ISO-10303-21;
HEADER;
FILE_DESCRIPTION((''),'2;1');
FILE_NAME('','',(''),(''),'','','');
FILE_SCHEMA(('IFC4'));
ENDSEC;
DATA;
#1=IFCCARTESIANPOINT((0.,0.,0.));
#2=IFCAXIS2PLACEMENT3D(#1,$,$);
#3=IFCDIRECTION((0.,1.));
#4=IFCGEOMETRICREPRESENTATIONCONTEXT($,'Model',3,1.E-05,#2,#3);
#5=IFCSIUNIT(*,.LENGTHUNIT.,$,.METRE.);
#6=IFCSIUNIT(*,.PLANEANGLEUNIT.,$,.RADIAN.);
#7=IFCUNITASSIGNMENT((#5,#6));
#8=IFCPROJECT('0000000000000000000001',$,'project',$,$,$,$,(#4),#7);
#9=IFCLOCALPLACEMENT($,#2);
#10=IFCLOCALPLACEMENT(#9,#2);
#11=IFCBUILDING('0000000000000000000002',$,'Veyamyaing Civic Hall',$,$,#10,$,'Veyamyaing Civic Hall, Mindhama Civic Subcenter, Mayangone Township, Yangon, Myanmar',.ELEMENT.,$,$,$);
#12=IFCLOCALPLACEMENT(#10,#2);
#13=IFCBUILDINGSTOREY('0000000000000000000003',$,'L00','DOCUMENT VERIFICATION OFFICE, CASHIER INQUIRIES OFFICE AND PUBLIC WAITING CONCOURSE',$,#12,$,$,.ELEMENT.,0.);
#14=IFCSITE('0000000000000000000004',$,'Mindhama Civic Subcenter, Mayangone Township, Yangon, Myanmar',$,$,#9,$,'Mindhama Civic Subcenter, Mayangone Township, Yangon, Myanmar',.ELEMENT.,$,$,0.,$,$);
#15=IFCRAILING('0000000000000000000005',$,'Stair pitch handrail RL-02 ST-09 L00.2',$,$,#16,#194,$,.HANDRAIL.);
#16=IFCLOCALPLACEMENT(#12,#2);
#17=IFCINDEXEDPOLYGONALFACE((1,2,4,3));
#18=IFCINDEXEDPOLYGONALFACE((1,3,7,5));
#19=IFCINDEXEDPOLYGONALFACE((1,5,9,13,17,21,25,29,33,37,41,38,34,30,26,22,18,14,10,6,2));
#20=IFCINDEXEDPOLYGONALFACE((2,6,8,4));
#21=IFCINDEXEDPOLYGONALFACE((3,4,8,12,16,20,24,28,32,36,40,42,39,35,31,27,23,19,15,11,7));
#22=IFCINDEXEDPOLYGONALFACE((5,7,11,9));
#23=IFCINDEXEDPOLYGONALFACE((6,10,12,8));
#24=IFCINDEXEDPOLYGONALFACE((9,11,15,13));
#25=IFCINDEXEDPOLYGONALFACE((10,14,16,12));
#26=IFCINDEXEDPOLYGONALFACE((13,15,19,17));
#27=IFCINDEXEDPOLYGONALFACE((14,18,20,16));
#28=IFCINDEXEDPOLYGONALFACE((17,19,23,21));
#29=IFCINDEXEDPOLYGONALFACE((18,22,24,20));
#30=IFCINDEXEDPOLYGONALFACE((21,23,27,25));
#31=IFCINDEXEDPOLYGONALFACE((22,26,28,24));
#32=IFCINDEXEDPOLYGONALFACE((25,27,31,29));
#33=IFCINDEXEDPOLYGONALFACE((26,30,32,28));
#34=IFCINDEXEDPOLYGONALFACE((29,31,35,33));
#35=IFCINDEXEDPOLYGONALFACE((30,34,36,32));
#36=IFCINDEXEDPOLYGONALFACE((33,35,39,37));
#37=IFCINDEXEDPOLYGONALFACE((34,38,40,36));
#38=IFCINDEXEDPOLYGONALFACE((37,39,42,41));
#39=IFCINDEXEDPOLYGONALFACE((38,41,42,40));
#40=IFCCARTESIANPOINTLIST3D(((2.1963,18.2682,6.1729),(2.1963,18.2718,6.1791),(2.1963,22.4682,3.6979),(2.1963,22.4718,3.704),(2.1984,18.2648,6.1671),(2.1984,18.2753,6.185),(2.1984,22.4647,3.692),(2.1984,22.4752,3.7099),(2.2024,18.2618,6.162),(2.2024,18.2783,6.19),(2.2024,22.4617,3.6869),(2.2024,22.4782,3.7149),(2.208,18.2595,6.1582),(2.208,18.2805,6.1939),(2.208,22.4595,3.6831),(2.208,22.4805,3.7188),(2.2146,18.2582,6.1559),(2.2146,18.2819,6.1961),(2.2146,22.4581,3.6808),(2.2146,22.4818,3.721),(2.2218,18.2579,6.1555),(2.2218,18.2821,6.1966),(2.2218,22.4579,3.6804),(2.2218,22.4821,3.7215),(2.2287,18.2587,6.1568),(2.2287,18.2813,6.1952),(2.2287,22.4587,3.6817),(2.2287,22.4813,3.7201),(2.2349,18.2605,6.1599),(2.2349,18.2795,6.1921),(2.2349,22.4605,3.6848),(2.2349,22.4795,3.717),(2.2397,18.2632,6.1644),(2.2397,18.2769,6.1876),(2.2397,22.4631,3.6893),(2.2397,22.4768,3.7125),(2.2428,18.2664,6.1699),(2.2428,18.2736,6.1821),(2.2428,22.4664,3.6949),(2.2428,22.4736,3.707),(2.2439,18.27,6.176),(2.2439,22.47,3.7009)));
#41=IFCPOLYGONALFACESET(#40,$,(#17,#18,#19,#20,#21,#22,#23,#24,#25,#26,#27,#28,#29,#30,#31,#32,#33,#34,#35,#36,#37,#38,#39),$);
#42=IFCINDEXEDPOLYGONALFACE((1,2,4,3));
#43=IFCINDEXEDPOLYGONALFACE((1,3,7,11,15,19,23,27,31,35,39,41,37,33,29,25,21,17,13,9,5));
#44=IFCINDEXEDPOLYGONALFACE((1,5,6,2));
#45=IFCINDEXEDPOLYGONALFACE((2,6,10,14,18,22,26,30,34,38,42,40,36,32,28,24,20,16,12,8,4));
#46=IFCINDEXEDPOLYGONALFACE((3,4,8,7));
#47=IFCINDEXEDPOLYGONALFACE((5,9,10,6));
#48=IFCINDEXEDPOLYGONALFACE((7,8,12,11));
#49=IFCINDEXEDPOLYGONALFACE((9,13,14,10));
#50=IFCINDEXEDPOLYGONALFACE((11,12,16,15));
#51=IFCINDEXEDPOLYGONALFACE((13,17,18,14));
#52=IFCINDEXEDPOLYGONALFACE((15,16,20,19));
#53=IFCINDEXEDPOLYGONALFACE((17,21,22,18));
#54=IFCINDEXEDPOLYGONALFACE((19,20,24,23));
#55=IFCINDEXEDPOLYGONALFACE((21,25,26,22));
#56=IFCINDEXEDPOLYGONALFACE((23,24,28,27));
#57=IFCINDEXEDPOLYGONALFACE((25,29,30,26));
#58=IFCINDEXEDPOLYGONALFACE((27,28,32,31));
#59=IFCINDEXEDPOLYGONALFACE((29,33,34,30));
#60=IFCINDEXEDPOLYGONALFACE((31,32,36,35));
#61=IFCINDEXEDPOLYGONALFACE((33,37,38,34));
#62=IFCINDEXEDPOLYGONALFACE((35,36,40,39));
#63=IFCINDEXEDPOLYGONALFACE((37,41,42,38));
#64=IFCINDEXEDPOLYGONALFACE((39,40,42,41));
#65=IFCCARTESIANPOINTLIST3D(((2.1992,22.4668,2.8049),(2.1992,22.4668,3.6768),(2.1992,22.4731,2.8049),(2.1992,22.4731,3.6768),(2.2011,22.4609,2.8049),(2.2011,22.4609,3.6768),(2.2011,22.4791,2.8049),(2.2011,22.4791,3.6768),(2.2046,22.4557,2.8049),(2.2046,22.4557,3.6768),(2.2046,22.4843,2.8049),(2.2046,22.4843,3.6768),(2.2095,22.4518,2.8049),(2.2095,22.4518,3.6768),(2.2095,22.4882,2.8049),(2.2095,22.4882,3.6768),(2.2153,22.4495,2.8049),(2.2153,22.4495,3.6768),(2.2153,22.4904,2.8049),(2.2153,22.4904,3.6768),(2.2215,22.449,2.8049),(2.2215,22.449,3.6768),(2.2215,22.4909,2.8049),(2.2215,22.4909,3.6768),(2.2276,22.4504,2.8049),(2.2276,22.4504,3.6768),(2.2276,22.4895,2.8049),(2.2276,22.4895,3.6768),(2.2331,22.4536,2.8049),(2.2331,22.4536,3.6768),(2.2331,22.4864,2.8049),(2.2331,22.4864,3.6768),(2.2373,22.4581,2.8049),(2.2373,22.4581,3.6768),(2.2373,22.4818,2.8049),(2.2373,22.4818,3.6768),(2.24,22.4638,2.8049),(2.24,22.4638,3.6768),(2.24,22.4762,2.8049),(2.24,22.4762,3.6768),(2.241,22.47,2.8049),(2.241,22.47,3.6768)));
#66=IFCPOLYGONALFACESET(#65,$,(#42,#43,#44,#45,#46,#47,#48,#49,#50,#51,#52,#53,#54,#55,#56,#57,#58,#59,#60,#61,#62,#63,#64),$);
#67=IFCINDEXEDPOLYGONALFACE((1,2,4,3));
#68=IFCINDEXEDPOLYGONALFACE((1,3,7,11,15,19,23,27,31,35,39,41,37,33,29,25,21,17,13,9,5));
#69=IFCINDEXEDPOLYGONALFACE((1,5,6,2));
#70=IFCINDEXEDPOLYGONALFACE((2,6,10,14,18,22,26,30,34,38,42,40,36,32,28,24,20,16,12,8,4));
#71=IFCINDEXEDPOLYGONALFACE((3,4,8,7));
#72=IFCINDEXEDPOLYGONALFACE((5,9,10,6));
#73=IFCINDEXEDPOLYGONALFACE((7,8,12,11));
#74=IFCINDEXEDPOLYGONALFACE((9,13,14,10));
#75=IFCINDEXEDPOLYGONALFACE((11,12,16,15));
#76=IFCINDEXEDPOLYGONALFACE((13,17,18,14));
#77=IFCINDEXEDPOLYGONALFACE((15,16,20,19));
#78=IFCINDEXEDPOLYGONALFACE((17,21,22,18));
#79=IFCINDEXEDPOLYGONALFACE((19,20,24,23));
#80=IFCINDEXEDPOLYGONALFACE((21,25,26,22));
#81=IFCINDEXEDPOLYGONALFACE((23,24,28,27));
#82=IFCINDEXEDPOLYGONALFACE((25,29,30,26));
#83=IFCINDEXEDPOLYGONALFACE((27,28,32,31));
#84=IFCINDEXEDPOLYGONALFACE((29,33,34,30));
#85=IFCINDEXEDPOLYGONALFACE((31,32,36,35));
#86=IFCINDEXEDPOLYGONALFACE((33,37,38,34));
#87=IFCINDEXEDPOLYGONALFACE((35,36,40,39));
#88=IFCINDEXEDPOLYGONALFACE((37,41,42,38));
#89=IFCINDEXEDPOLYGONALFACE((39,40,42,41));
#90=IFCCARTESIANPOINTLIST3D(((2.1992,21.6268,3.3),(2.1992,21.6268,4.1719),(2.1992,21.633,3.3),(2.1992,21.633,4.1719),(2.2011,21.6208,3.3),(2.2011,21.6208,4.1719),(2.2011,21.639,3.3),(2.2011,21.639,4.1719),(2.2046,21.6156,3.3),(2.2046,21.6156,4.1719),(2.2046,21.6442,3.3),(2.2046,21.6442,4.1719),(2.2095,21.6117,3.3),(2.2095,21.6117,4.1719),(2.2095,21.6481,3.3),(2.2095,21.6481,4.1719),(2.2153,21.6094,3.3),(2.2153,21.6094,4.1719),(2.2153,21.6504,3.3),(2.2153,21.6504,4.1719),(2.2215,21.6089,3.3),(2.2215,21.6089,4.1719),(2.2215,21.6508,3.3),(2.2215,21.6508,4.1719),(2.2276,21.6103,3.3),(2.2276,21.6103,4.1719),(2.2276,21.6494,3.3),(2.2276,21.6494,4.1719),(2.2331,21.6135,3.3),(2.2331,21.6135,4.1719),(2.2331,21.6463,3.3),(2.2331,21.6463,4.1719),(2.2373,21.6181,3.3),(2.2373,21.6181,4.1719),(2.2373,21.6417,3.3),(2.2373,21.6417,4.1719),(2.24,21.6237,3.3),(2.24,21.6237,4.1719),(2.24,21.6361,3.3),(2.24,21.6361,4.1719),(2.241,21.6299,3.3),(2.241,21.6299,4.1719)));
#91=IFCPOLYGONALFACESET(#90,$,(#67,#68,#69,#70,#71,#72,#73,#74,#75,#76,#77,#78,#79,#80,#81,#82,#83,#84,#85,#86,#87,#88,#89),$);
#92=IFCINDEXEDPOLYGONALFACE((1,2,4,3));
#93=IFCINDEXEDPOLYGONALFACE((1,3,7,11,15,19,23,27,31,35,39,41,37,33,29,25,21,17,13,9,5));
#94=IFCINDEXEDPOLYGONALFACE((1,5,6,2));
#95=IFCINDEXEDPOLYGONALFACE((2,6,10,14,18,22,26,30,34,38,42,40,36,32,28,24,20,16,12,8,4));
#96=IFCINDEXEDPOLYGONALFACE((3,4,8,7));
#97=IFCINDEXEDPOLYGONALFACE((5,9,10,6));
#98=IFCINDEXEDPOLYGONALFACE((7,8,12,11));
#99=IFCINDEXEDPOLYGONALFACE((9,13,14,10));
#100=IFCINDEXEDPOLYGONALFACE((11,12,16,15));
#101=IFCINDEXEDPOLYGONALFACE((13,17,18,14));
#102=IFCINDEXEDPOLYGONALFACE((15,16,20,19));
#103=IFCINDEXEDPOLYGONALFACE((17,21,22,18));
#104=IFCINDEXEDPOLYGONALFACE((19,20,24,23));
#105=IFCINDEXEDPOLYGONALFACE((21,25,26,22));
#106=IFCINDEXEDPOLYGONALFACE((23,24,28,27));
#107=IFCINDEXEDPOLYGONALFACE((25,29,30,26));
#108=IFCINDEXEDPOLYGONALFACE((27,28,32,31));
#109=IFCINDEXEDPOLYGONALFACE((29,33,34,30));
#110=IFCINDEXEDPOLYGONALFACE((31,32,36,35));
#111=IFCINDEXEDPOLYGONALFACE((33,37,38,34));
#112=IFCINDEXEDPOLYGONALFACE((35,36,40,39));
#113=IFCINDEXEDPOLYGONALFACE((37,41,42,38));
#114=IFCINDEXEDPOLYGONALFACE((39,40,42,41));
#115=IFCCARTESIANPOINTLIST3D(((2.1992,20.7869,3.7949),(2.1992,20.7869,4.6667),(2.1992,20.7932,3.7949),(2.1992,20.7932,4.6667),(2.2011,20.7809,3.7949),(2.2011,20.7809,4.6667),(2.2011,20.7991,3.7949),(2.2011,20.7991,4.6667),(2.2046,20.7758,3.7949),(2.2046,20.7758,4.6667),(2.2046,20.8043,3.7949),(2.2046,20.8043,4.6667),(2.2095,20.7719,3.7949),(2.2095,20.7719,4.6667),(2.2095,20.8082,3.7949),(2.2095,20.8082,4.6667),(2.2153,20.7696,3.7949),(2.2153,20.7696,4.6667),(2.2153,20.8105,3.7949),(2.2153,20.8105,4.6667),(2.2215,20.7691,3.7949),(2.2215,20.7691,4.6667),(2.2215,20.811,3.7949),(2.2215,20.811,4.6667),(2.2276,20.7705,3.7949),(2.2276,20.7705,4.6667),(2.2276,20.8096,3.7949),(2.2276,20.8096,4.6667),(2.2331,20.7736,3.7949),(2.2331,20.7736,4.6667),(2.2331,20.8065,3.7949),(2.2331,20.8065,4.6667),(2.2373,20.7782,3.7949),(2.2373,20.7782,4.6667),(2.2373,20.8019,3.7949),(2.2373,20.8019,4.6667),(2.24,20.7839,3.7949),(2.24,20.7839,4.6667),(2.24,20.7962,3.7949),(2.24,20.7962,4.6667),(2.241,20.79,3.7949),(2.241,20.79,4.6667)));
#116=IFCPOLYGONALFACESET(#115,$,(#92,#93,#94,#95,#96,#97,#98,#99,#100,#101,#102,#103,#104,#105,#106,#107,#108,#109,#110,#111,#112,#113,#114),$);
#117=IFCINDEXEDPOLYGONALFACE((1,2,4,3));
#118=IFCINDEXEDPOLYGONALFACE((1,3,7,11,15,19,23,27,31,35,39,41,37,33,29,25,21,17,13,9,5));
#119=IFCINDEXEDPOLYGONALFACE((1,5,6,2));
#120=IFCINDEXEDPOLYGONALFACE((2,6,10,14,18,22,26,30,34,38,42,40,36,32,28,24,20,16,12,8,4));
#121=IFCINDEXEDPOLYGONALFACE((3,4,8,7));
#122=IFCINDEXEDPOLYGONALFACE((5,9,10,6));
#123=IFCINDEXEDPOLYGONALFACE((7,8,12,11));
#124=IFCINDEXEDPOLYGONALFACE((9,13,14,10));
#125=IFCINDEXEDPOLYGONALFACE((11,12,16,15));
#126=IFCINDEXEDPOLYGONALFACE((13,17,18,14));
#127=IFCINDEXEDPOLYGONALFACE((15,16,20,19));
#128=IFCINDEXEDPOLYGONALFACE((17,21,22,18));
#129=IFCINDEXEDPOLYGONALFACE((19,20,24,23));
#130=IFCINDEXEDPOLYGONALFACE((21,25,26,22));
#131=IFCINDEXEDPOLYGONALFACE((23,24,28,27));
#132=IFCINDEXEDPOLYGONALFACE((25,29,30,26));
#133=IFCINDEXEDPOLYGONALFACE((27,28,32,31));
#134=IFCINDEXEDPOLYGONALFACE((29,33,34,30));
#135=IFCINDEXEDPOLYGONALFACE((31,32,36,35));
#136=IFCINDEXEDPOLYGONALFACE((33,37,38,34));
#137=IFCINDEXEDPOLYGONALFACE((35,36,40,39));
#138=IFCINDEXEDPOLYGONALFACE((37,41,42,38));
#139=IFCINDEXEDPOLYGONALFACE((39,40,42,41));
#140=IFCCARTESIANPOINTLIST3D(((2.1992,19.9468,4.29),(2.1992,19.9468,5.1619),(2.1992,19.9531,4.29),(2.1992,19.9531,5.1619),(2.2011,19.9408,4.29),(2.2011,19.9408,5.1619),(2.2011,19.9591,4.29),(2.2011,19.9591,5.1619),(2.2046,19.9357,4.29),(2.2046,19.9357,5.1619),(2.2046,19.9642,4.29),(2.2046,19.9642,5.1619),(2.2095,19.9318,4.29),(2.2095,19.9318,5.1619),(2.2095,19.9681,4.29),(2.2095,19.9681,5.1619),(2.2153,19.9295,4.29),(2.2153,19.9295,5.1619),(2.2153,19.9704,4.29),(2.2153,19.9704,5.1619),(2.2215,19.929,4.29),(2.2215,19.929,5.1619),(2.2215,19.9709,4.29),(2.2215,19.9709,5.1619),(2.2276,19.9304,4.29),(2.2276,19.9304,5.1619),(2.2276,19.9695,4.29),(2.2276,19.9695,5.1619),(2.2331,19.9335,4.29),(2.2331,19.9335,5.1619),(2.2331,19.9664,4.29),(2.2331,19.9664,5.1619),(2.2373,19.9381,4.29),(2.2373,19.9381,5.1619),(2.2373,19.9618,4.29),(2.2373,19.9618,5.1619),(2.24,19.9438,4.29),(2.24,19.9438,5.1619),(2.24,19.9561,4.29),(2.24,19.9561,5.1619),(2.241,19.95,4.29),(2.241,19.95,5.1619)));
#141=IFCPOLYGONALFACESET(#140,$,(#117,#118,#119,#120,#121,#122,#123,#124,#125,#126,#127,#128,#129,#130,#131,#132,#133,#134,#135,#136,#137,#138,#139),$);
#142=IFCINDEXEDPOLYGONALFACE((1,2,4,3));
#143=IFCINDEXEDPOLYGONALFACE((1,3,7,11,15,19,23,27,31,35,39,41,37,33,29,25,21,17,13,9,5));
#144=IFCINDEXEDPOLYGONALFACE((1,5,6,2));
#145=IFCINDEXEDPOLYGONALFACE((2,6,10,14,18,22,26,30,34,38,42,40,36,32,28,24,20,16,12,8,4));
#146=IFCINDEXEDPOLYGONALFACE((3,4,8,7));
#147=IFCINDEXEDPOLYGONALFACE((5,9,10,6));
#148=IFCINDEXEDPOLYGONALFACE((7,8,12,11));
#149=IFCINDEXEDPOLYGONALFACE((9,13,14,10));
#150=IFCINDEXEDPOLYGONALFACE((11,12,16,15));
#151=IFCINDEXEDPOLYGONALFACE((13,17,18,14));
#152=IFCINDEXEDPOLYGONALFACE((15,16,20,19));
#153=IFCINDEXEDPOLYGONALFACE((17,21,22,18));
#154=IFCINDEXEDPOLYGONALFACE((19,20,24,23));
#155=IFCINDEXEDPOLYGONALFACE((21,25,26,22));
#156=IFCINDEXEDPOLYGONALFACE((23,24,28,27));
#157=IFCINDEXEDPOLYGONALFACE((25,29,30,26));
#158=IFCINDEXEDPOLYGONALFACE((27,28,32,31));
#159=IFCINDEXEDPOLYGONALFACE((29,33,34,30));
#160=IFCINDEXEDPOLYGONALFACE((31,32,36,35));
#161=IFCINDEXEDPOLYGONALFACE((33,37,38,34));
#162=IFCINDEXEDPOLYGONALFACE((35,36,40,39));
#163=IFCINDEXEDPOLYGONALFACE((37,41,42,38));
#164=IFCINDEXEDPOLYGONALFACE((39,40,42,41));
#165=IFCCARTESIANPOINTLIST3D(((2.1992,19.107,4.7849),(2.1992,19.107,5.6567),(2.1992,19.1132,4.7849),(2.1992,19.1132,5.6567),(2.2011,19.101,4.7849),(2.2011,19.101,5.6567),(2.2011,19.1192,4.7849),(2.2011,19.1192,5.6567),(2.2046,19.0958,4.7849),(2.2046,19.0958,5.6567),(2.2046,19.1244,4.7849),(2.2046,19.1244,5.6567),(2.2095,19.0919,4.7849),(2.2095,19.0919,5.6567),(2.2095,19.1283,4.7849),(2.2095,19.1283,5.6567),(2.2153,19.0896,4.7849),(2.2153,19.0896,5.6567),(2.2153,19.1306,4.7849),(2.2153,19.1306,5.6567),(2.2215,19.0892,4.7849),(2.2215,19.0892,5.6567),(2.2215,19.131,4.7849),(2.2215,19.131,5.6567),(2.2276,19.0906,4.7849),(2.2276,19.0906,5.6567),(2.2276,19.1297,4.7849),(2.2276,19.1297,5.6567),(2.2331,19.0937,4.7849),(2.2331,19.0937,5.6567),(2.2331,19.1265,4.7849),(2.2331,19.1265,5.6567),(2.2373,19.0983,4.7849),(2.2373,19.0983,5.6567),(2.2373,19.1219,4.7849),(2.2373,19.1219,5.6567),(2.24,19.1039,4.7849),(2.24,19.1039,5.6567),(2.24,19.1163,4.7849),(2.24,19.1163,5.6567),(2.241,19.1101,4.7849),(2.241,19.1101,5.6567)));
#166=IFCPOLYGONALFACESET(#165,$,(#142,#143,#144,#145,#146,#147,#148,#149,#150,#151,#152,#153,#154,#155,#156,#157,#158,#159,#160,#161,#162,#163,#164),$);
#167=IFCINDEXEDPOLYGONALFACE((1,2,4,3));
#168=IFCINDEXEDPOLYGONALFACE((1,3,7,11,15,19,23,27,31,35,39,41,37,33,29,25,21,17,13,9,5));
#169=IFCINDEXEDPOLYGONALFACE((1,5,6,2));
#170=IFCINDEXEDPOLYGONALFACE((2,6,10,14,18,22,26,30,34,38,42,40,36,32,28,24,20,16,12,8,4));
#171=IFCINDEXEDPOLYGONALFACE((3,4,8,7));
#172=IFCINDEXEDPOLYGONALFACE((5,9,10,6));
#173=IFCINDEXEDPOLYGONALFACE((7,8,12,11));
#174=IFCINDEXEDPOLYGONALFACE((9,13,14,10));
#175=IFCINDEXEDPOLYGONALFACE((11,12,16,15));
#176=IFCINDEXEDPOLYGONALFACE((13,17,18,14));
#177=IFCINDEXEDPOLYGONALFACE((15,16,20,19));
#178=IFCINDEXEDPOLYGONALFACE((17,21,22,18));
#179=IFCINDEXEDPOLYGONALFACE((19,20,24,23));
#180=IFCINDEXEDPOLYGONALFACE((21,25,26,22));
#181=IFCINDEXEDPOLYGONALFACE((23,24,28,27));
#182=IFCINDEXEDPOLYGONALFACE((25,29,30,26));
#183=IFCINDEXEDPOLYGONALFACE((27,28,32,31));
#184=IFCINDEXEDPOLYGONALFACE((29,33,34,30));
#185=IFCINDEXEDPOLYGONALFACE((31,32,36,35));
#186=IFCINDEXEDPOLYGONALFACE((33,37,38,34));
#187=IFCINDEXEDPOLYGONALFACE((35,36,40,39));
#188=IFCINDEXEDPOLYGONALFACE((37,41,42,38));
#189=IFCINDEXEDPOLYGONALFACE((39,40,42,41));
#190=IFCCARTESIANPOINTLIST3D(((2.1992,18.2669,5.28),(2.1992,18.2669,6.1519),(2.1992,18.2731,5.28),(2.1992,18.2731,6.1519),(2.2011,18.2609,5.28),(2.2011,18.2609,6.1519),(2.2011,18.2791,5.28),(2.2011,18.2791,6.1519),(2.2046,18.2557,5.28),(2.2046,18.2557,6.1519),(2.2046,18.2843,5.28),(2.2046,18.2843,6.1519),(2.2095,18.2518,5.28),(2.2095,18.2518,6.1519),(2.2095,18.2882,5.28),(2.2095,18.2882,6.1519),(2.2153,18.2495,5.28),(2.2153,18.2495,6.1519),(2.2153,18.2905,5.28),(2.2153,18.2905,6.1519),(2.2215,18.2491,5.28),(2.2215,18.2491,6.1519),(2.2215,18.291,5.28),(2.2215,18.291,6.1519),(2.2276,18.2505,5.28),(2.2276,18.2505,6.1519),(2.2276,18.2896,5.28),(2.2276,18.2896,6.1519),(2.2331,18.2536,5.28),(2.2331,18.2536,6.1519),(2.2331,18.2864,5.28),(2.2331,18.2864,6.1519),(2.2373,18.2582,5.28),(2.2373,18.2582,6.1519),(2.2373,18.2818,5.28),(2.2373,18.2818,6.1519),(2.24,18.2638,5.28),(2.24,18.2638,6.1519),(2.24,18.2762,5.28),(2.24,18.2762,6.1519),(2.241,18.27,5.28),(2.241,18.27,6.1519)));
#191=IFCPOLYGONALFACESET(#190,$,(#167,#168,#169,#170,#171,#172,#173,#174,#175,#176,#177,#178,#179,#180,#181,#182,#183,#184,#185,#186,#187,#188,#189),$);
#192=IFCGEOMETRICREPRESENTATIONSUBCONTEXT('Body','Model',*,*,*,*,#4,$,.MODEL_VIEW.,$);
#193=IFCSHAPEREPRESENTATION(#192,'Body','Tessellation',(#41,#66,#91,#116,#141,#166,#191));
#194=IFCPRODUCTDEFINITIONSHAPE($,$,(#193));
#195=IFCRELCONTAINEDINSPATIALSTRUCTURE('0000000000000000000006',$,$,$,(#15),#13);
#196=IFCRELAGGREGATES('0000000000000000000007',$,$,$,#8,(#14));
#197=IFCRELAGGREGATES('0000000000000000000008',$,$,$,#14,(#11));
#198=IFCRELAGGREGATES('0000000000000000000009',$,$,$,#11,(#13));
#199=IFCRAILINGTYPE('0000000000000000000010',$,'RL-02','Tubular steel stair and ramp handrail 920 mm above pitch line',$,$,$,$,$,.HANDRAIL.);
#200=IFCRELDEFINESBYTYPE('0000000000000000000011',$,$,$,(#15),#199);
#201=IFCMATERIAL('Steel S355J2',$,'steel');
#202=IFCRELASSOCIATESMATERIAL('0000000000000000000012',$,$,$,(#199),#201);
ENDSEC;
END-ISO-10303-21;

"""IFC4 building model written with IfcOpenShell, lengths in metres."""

from ifc_helpers import new_model, si_unit, direction, frame, origin, origin_2d, place, context, subcontext, project, spatial, circle, extrude, material, type_object, element, save


model = new_model("IFC4")

# Units and contexts
model_context = context("Model", 3, precision=1e-05, world=origin(), true_north=direction((0.0, 1.0)))
body_context = subcontext(model_context, "Body", "Model", "MODEL_VIEW")
ifc_project = project(units=[si_unit("LENGTHUNIT", "METRE"), si_unit("PLANEANGLEUNIT", "RADIAN")], contexts=[model_context])

# Site, building, storey
site_placement = place(None, origin())
site = spatial("IfcSite", under=ifc_project, at=site_placement, Name="Mindhama Civic Subcenter, Mayangone Township, Yangon, Myanmar", LongName="Mindhama Civic Subcenter, Mayangone Township, Yangon, Myanmar", CompositionType="ELEMENT", RefElevation=0.0)
building_placement = place(site_placement, origin())
building = spatial("IfcBuilding", under=site, at=building_placement, Name="Veyamyaing Civic Hall", LongName="Veyamyaing Civic Hall, Mindhama Civic Subcenter, Mayangone Township, Yangon, Myanmar", CompositionType="ELEMENT")
storey_placement = place(building_placement, origin())
storey = spatial("IfcBuildingStorey", under=building, at=storey_placement, Name="L00", Description="DOCUMENT VERIFICATION OFFICE, CASHIER INQUIRIES OFFICE AND PUBLIC WAITING CONCOURSE", CompositionType="ELEMENT", Elevation=0.0)

# Railing
ifc_material_1 = material(Name="Steel S355J2", Category="steel")
railing_type_1 = type_object("IfcRailingType", Name="RL-02", Description="Tubular steel stair and ramp handrail 920 mm above pitch line", PredefinedType="HANDRAIL", material=ifc_material_1)
railing_1_placement = place(storey_placement, frame((2.22, 22.47, 2.8049)))
element("IfcRailing", 1, at=railing_1_placement, inside=storey, type_object=railing_type_1, Name="Stair pitch handrail RL-02 ST-09 L00.2", PredefinedType="HANDRAIL", context=body_context, shape_type="SweptSolid", body=[
    extrude(circle(Radius=0.0239, at=origin_2d()), frame((0.0, 0.0, 0.896), z_axis=(0.0, -0.861527, 0.507712), x_axis=(1.0, 0.0, 0.0)), (0.0, 0.0, 1.0), 4.875),
    extrude(circle(Radius=0.021, at=origin_2d()), origin(), (0.0, 0.0, 1.0), 0.8718),
    extrude(circle(Radius=0.021, at=origin_2d()), frame((0.0, -0.8401, 0.4951)), (0.0, 0.0, 1.0), 0.8718),
    extrude(circle(Radius=0.021, at=origin_2d()), frame((0.0, -1.6799, 0.99)), (0.0, 0.0, 1.0), 0.8718),
    extrude(circle(Radius=0.021, at=origin_2d()), frame((0.0, -2.52, 1.4851)), (0.0, 0.0, 1.0), 0.8718),
    extrude(circle(Radius=0.021, at=origin_2d()), frame((0.0, -3.3599, 1.98)), (0.0, 0.0, 1.0), 0.8718),
    extrude(circle(Radius=0.021, at=origin_2d()), frame((0.0, -4.2, 2.4751)), (0.0, 0.0, 1.0), 0.8718),
])

save(model, "model.ifc")
